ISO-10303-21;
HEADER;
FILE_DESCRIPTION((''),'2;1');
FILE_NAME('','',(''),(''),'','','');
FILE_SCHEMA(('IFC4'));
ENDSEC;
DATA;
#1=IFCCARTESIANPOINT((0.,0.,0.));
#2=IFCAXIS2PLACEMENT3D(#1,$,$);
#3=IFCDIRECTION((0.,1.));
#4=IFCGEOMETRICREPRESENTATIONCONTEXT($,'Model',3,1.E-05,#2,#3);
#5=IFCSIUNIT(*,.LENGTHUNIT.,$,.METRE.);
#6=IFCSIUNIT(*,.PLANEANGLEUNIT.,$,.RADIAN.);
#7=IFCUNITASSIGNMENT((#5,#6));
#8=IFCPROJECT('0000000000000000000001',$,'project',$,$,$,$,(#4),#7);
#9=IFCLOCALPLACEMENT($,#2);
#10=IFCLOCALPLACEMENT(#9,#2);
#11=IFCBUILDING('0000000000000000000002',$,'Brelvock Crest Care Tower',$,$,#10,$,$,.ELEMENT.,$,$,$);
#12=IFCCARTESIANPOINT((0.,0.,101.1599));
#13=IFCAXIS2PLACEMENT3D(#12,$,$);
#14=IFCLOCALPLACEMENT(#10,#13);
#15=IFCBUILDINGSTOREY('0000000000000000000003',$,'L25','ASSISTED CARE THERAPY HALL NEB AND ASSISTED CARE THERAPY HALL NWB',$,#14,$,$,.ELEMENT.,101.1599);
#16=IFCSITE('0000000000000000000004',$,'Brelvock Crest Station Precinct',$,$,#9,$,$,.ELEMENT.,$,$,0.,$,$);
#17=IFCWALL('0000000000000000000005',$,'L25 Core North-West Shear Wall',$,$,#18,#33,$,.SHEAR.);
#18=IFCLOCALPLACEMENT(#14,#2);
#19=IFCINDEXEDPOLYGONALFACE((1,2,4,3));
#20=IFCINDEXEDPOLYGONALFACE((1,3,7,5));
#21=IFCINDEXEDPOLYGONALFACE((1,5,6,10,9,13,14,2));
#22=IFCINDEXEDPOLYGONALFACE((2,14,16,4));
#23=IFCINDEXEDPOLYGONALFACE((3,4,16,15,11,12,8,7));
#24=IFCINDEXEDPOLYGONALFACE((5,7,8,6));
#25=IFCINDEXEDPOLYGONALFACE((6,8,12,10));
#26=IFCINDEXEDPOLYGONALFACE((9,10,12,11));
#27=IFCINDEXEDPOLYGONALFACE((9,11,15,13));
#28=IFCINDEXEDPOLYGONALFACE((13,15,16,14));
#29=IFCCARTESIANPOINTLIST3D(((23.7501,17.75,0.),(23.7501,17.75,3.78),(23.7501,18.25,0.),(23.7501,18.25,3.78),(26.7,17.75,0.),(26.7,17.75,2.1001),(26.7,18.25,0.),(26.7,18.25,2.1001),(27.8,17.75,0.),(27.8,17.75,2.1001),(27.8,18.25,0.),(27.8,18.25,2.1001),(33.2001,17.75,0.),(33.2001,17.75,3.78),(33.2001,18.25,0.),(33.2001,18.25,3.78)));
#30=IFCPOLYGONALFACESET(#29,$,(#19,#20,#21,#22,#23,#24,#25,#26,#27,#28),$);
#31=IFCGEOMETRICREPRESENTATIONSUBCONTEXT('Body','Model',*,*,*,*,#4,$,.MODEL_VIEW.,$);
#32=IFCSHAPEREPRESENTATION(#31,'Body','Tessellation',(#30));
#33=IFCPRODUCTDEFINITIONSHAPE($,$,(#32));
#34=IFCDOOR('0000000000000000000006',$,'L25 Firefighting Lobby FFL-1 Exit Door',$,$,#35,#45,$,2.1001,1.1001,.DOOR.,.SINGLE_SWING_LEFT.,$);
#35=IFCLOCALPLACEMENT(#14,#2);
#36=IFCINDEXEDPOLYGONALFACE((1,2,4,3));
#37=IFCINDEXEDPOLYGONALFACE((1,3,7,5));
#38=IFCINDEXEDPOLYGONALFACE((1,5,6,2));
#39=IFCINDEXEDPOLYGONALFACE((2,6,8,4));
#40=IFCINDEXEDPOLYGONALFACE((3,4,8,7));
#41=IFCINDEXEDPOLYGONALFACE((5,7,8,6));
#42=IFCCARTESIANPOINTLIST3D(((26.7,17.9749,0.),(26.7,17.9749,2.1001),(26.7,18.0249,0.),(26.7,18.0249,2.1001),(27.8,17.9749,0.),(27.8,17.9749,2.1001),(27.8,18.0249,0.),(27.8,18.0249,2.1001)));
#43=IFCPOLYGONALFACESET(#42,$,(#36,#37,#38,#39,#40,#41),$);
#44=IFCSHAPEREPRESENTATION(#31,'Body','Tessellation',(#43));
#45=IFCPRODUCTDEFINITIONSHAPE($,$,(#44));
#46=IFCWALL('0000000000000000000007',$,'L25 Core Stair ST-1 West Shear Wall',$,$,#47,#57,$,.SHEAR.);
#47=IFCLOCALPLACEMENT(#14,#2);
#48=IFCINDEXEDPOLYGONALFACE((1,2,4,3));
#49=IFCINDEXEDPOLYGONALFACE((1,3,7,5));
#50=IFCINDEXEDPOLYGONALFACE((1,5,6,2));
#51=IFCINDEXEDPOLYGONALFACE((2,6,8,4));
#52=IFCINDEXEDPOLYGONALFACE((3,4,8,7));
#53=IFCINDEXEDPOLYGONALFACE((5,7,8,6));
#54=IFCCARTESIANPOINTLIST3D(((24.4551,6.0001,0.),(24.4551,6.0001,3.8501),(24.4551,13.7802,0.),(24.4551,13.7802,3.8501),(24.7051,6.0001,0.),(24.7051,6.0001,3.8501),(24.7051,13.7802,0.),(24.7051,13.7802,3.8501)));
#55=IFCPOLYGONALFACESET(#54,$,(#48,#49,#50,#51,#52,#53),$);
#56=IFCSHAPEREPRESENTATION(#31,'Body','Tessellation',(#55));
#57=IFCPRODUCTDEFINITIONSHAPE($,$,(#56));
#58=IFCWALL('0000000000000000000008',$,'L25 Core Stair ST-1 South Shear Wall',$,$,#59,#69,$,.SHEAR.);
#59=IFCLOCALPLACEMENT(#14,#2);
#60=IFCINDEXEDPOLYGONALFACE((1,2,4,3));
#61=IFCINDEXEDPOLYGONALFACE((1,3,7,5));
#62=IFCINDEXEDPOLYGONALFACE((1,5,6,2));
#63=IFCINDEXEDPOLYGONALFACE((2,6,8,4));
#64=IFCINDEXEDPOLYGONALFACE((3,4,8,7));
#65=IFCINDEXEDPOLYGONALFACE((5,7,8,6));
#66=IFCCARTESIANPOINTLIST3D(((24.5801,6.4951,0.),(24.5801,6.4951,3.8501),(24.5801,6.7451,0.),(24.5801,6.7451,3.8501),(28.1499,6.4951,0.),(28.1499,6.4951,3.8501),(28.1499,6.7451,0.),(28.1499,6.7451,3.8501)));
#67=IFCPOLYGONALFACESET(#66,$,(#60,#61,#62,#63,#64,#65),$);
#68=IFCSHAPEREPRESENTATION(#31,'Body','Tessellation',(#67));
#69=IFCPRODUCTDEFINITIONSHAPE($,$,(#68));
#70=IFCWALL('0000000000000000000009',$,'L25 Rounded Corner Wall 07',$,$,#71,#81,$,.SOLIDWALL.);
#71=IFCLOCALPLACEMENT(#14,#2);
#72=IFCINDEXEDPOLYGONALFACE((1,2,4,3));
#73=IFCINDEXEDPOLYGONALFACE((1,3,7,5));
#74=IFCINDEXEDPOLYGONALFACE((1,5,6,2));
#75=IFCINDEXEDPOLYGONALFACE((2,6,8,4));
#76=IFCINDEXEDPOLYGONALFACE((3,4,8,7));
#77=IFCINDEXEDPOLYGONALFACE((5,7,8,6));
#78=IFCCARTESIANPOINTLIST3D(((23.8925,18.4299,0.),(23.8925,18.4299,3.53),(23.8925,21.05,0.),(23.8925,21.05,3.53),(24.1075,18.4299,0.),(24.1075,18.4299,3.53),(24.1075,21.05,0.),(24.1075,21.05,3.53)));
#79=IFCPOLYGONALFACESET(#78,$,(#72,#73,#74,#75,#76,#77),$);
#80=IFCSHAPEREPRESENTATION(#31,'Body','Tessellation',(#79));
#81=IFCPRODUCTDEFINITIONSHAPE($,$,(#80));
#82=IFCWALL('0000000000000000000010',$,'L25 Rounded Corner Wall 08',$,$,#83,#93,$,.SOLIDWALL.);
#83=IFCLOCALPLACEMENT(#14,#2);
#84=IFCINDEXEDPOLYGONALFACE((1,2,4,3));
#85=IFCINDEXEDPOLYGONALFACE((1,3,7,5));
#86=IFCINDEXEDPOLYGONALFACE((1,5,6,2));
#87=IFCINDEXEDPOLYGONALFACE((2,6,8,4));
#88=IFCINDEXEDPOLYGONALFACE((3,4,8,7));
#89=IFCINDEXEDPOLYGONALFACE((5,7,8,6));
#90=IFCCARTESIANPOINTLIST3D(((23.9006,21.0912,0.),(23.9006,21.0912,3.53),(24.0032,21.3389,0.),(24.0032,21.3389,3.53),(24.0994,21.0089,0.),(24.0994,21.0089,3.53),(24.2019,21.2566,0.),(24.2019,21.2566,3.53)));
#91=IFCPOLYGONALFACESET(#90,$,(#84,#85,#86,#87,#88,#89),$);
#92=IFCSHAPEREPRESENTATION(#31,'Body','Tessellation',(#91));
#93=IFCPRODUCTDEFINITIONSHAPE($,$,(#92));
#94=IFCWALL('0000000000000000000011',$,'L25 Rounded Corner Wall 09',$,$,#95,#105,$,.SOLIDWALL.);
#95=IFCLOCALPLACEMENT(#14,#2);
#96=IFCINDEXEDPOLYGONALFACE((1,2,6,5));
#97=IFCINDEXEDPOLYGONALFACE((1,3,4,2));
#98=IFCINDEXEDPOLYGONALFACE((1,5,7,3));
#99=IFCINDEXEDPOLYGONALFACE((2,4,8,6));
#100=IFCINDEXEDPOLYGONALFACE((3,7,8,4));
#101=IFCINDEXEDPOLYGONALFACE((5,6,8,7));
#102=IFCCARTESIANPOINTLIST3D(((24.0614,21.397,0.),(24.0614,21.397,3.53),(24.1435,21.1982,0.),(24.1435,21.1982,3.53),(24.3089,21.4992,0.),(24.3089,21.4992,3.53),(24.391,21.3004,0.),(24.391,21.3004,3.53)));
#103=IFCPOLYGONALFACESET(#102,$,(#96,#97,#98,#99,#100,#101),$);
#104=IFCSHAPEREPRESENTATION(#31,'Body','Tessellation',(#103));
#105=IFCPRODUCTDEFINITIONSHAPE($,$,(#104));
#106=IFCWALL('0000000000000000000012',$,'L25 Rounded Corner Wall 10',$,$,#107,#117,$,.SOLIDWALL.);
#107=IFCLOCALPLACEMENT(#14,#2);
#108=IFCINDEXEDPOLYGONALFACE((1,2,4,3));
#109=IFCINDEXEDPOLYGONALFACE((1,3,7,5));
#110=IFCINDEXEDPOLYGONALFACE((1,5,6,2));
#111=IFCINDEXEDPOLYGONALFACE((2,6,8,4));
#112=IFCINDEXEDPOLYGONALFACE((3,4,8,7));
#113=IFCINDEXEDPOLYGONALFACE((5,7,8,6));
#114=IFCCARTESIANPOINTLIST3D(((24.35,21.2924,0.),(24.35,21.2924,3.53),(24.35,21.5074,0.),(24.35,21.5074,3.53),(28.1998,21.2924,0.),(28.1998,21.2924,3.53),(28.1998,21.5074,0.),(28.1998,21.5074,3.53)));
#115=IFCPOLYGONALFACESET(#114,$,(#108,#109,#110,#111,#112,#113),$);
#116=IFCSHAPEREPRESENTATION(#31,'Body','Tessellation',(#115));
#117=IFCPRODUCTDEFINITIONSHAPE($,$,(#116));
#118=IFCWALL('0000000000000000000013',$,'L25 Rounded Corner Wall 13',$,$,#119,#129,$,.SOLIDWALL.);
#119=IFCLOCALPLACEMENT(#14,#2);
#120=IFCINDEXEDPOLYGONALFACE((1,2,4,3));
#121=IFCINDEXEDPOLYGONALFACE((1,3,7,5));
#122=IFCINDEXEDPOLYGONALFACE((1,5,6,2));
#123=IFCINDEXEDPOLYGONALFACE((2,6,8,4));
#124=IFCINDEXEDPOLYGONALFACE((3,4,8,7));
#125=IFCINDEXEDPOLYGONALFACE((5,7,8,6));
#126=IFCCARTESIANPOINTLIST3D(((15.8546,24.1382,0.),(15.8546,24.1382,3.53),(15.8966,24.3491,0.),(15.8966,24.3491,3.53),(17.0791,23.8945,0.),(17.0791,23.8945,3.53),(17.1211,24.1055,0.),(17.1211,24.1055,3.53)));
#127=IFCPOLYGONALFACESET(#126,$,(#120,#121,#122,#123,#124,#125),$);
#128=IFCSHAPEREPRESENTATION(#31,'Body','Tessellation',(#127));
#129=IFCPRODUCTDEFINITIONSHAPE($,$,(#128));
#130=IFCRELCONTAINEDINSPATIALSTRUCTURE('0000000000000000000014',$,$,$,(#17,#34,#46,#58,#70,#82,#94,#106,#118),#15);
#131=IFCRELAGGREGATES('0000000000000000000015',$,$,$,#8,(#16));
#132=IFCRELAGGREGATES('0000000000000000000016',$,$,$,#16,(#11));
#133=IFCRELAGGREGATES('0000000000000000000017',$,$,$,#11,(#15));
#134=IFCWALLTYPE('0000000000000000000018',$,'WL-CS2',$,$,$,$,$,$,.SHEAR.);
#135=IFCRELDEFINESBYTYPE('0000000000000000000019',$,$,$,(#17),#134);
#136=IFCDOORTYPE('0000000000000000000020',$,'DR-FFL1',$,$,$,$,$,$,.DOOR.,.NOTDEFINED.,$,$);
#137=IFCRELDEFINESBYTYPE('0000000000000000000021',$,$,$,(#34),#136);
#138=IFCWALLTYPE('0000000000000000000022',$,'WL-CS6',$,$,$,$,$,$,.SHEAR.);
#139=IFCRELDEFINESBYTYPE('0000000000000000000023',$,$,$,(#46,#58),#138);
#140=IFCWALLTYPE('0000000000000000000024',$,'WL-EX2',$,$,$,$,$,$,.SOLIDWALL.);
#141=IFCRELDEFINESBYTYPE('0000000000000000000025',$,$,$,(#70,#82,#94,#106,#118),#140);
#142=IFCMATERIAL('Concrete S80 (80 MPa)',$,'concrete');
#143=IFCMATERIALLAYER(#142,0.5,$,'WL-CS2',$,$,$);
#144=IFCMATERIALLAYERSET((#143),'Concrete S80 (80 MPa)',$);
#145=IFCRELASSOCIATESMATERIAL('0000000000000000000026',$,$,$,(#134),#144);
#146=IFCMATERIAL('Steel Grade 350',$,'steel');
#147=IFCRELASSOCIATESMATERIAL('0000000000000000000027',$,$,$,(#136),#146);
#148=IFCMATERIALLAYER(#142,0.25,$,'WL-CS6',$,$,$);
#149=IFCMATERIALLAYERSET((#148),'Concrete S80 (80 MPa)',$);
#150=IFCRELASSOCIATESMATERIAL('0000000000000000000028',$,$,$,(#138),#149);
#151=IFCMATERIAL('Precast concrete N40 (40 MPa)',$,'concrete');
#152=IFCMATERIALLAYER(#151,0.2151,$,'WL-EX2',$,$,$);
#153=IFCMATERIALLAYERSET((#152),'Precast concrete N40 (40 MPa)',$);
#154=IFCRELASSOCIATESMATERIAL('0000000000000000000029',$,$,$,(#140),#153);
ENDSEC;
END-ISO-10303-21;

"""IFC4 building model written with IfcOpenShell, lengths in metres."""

from ifc_helpers import new_model, si_unit, direction, frame, frame_2d, origin, origin_2d, place, context, subcontext, project, spatial, rectangle, extrude, source, transform, mapped, material, layer, layer_set, type_object, element, fill, save


model = new_model("IFC4")

# Units and contexts
model_context = context("Model", 3, precision=1e-05, world=origin(), true_north=direction((0.0, 1.0)))
body_context = subcontext(model_context, "Body", "Model", "MODEL_VIEW")
ifc_project = project(units=[si_unit("LENGTHUNIT", "METRE"), si_unit("PLANEANGLEUNIT", "RADIAN")], contexts=[model_context])

# Site, building, storey
site_placement = place(None, origin())
site = spatial("IfcSite", under=ifc_project, at=site_placement, Name="Brelvock Crest Station Precinct", CompositionType="ELEMENT", RefElevation=0.0)
building_placement = place(site_placement, origin())
building = spatial("IfcBuilding", under=site, at=building_placement, Name="Brelvock Crest Care Tower", CompositionType="ELEMENT")
storey_placement = place(building_placement, frame((0.0, 0.0, 101.1599)))
storey = spatial("IfcBuildingStorey", under=building, at=storey_placement, Name="L25", Description="ASSISTED CARE THERAPY HALL NEB AND ASSISTED CARE THERAPY HALL NWB", CompositionType="ELEMENT", Elevation=101.1599)

# Shared definitions
ifc_material_1 = material(Name="Concrete S80 (80 MPa)", Category="concrete")

# Shared definitions
ifc_material_2 = material(Name="Steel Grade 350", Category="steel")

# Shared definitions
ifc_layer_1 = layer(ifc_material_1, 0.5, Name="WL-CS2")
ifc_layer_set_1 = layer_set([ifc_layer_1], Name="Concrete S80 (80 MPa)")
wall_type_1 = type_object("IfcWallType", Name="WL-CS2", PredefinedType="SHEAR", material=ifc_layer_set_1)

# Wall, opening, door
wall_1_placement = place(storey_placement, frame((23.75, 18.0, 0.0), z_axis=(0.0, 0.0, 1.0), x_axis=(1.0, 0.0, 0.0)))
wall_1 = element("IfcWall", 1, at=wall_1_placement, inside=storey, type_object=wall_type_1, Name="L25 Core North-West Shear Wall", PredefinedType="SHEAR", context=body_context, shape_type="SweptSolid", body=[
    extrude(rectangle(XDim=9.45, YDim=0.5, at=frame_2d((4.7251, 0.0))), origin(), (0.0, 0.0, 1.0), 3.78),
])
opening_1_placement = place(wall_1_placement, frame((2.95, 0.0, 0.0)))
opening_1 = element("IfcOpeningElement", 2, at=opening_1_placement, cuts=wall_1, PredefinedType="OPENING", context=body_context, shape_type="SweptSolid", body=[
    extrude(rectangle(XDim=1.1001, YDim=2.1001, at=origin_2d()), frame((0.55, 0.26, 1.05), z_axis=(0.0, -1.0, 0.0), x_axis=(1.0, 0.0, 0.0)), (0.0, 0.0, 1.0), 0.52),
])
door_type_1 = type_object("IfcDoorType", Name="DR-FFL1", OperationType="NOTDEFINED", PredefinedType="DOOR", material=ifc_material_2)
shared_shape_1 = source(origin(), body_context, "Body", "SweptSolid", [
    extrude(rectangle(XDim=1.1001, YDim=2.1001, at=origin_2d()), frame((0.55, 0.0249, 1.05), z_axis=(0.0, -1.0, 0.0), x_axis=(1.0, 0.0, 0.0)), (0.0, 0.0, 1.0), 0.05),
])
door_1_placement = place(opening_1_placement, origin())
door_1 = element("IfcDoor", 3, at=door_1_placement, inside=storey, type_object=door_type_1, Name="L25 Firefighting Lobby FFL-1 Exit Door", OperationType="SINGLE_SWING_LEFT", OverallHeight=2.1001, OverallWidth=1.1001, PredefinedType="DOOR", context=body_context, shape_type="MappedRepresentation", body=[
    mapped(shared_shape_1, transform((0.0, 0.0, 0.0), x_axis=(1.0, 0.0, 0.0), y_axis=(0.0, 1.0, 0.0), z_axis=(0.0, 0.0, 1.0), scale=1.0)),
])
fill(opening_1, door_1)

# Walls
ifc_layer_2 = layer(ifc_material_1, 0.25, Name="WL-CS6")
ifc_layer_set_2 = layer_set([ifc_layer_2], Name="Concrete S80 (80 MPa)")
wall_type_2 = type_object("IfcWallType", Name="WL-CS6", PredefinedType="SHEAR", material=ifc_layer_set_2)
wall_2_placement = place(storey_placement, frame((24.5801, 6.0, 0.0), z_axis=(0.0, 0.0, 1.0), x_axis=(0.0, 1.0, 0.0)))
element("IfcWall", 4, at=wall_2_placement, inside=storey, type_object=wall_type_2, Name="L25 Core Stair ST-1 West Shear Wall", PredefinedType="SHEAR", context=body_context, shape_type="SweptSolid", body=[
    extrude(rectangle(XDim=7.78, YDim=0.25, at=frame_2d((3.8901, 0.0))), origin(), (0.0, 0.0, 1.0), 3.8501),
])
wall_3_placement = place(storey_placement, frame((24.5801, 6.6201, 0.0), z_axis=(0.0, 0.0, 1.0), x_axis=(1.0, 0.0, 0.0)))
element("IfcWall", 5, at=wall_3_placement, inside=storey, type_object=wall_type_2, Name="L25 Core Stair ST-1 South Shear Wall", PredefinedType="SHEAR", context=body_context, shape_type="SweptSolid", body=[
    extrude(rectangle(XDim=3.5698, YDim=0.25, at=frame_2d((1.7849, 0.0))), origin(), (0.0, 0.0, 1.0), 3.8501),
])
ifc_material_3 = material(Name="Precast concrete N40 (40 MPa)", Category="concrete")
ifc_layer_3 = layer(ifc_material_3, 0.2151, Name="WL-EX2")
ifc_layer_set_3 = layer_set([ifc_layer_3], Name="Precast concrete N40 (40 MPa)")
wall_type_3 = type_object("IfcWallType", Name="WL-EX2", PredefinedType="SOLIDWALL", material=ifc_layer_set_3)
wall_4_placement = place(storey_placement, frame((24.0, 18.4299, 0.0), z_axis=(0.0, 0.0, 1.0), x_axis=(0.0, 1.0, 0.0)))
element("IfcWall", 6, at=wall_4_placement, inside=storey, type_object=wall_type_3, Name="L25 Rounded Corner Wall 07", PredefinedType="SOLIDWALL", context=body_context, shape_type="SweptSolid", body=[
    extrude(rectangle(XDim=2.6201, YDim=0.2151, at=frame_2d((1.3101, 0.0))), origin(), (0.0, 0.0, 1.0), 3.53),
])
wall_5_placement = place(storey_placement, frame((24.0, 21.05, 0.0), z_axis=(0.0, 0.0, 1.0), x_axis=(0.382674, 0.923884, 0.0)))
element("IfcWall", 7, at=wall_5_placement, inside=storey, type_object=wall_type_3, Name="L25 Rounded Corner Wall 08", PredefinedType="SOLIDWALL", context=body_context, shape_type="SweptSolid", body=[
    extrude(rectangle(XDim=0.2681, YDim=0.2151, at=frame_2d((0.134, 0.0))), origin(), (0.0, 0.0, 1.0), 3.53),
])
wall_6_placement = place(storey_placement, frame((24.1025, 21.2976, 0.0), z_axis=(0.0, 0.0, 1.0), x_axis=(0.924205, 0.381896, 0.0)))
element("IfcWall", 8, at=wall_6_placement, inside=storey, type_object=wall_type_3, Name="L25 Rounded Corner Wall 09", PredefinedType="SOLIDWALL", context=body_context, shape_type="SweptSolid", body=[
    extrude(rectangle(XDim=0.2678, YDim=0.2151, at=frame_2d((0.1338, 0.0))), origin(), (0.0, 0.0, 1.0), 3.53),
])
wall_7_placement = place(storey_placement, frame((24.3501, 21.3999, 0.0), z_axis=(0.0, 0.0, 1.0), x_axis=(1.0, 0.0, 0.0)))
element("IfcWall", 9, at=wall_7_placement, inside=storey, type_object=wall_type_3, Name="L25 Rounded Corner Wall 10", PredefinedType="SOLIDWALL", context=body_context, shape_type="SweptSolid", body=[
    extrude(rectangle(XDim=3.8499, YDim=0.2151, at=frame_2d((1.9248, 0.0))), origin(), (0.0, 0.0, 1.0), 3.53),
])
wall_8_placement = place(storey_placement, frame((17.1001, 24.0, 0.0), z_axis=(0.0, 0.0, 1.0), x_axis=(-0.980776, 0.195138, 0.0)))
element("IfcWall", 10, at=wall_8_placement, inside=storey, type_object=wall_type_3, Name="L25 Rounded Corner Wall 13", PredefinedType="SOLIDWALL", context=body_context, shape_type="SweptSolid", body=[
    extrude(rectangle(XDim=1.2485, YDim=0.2151, at=frame_2d((0.6243, 0.0))), origin(), (0.0, 0.0, 1.0), 3.53),
])

save(model, "model.ifc")
